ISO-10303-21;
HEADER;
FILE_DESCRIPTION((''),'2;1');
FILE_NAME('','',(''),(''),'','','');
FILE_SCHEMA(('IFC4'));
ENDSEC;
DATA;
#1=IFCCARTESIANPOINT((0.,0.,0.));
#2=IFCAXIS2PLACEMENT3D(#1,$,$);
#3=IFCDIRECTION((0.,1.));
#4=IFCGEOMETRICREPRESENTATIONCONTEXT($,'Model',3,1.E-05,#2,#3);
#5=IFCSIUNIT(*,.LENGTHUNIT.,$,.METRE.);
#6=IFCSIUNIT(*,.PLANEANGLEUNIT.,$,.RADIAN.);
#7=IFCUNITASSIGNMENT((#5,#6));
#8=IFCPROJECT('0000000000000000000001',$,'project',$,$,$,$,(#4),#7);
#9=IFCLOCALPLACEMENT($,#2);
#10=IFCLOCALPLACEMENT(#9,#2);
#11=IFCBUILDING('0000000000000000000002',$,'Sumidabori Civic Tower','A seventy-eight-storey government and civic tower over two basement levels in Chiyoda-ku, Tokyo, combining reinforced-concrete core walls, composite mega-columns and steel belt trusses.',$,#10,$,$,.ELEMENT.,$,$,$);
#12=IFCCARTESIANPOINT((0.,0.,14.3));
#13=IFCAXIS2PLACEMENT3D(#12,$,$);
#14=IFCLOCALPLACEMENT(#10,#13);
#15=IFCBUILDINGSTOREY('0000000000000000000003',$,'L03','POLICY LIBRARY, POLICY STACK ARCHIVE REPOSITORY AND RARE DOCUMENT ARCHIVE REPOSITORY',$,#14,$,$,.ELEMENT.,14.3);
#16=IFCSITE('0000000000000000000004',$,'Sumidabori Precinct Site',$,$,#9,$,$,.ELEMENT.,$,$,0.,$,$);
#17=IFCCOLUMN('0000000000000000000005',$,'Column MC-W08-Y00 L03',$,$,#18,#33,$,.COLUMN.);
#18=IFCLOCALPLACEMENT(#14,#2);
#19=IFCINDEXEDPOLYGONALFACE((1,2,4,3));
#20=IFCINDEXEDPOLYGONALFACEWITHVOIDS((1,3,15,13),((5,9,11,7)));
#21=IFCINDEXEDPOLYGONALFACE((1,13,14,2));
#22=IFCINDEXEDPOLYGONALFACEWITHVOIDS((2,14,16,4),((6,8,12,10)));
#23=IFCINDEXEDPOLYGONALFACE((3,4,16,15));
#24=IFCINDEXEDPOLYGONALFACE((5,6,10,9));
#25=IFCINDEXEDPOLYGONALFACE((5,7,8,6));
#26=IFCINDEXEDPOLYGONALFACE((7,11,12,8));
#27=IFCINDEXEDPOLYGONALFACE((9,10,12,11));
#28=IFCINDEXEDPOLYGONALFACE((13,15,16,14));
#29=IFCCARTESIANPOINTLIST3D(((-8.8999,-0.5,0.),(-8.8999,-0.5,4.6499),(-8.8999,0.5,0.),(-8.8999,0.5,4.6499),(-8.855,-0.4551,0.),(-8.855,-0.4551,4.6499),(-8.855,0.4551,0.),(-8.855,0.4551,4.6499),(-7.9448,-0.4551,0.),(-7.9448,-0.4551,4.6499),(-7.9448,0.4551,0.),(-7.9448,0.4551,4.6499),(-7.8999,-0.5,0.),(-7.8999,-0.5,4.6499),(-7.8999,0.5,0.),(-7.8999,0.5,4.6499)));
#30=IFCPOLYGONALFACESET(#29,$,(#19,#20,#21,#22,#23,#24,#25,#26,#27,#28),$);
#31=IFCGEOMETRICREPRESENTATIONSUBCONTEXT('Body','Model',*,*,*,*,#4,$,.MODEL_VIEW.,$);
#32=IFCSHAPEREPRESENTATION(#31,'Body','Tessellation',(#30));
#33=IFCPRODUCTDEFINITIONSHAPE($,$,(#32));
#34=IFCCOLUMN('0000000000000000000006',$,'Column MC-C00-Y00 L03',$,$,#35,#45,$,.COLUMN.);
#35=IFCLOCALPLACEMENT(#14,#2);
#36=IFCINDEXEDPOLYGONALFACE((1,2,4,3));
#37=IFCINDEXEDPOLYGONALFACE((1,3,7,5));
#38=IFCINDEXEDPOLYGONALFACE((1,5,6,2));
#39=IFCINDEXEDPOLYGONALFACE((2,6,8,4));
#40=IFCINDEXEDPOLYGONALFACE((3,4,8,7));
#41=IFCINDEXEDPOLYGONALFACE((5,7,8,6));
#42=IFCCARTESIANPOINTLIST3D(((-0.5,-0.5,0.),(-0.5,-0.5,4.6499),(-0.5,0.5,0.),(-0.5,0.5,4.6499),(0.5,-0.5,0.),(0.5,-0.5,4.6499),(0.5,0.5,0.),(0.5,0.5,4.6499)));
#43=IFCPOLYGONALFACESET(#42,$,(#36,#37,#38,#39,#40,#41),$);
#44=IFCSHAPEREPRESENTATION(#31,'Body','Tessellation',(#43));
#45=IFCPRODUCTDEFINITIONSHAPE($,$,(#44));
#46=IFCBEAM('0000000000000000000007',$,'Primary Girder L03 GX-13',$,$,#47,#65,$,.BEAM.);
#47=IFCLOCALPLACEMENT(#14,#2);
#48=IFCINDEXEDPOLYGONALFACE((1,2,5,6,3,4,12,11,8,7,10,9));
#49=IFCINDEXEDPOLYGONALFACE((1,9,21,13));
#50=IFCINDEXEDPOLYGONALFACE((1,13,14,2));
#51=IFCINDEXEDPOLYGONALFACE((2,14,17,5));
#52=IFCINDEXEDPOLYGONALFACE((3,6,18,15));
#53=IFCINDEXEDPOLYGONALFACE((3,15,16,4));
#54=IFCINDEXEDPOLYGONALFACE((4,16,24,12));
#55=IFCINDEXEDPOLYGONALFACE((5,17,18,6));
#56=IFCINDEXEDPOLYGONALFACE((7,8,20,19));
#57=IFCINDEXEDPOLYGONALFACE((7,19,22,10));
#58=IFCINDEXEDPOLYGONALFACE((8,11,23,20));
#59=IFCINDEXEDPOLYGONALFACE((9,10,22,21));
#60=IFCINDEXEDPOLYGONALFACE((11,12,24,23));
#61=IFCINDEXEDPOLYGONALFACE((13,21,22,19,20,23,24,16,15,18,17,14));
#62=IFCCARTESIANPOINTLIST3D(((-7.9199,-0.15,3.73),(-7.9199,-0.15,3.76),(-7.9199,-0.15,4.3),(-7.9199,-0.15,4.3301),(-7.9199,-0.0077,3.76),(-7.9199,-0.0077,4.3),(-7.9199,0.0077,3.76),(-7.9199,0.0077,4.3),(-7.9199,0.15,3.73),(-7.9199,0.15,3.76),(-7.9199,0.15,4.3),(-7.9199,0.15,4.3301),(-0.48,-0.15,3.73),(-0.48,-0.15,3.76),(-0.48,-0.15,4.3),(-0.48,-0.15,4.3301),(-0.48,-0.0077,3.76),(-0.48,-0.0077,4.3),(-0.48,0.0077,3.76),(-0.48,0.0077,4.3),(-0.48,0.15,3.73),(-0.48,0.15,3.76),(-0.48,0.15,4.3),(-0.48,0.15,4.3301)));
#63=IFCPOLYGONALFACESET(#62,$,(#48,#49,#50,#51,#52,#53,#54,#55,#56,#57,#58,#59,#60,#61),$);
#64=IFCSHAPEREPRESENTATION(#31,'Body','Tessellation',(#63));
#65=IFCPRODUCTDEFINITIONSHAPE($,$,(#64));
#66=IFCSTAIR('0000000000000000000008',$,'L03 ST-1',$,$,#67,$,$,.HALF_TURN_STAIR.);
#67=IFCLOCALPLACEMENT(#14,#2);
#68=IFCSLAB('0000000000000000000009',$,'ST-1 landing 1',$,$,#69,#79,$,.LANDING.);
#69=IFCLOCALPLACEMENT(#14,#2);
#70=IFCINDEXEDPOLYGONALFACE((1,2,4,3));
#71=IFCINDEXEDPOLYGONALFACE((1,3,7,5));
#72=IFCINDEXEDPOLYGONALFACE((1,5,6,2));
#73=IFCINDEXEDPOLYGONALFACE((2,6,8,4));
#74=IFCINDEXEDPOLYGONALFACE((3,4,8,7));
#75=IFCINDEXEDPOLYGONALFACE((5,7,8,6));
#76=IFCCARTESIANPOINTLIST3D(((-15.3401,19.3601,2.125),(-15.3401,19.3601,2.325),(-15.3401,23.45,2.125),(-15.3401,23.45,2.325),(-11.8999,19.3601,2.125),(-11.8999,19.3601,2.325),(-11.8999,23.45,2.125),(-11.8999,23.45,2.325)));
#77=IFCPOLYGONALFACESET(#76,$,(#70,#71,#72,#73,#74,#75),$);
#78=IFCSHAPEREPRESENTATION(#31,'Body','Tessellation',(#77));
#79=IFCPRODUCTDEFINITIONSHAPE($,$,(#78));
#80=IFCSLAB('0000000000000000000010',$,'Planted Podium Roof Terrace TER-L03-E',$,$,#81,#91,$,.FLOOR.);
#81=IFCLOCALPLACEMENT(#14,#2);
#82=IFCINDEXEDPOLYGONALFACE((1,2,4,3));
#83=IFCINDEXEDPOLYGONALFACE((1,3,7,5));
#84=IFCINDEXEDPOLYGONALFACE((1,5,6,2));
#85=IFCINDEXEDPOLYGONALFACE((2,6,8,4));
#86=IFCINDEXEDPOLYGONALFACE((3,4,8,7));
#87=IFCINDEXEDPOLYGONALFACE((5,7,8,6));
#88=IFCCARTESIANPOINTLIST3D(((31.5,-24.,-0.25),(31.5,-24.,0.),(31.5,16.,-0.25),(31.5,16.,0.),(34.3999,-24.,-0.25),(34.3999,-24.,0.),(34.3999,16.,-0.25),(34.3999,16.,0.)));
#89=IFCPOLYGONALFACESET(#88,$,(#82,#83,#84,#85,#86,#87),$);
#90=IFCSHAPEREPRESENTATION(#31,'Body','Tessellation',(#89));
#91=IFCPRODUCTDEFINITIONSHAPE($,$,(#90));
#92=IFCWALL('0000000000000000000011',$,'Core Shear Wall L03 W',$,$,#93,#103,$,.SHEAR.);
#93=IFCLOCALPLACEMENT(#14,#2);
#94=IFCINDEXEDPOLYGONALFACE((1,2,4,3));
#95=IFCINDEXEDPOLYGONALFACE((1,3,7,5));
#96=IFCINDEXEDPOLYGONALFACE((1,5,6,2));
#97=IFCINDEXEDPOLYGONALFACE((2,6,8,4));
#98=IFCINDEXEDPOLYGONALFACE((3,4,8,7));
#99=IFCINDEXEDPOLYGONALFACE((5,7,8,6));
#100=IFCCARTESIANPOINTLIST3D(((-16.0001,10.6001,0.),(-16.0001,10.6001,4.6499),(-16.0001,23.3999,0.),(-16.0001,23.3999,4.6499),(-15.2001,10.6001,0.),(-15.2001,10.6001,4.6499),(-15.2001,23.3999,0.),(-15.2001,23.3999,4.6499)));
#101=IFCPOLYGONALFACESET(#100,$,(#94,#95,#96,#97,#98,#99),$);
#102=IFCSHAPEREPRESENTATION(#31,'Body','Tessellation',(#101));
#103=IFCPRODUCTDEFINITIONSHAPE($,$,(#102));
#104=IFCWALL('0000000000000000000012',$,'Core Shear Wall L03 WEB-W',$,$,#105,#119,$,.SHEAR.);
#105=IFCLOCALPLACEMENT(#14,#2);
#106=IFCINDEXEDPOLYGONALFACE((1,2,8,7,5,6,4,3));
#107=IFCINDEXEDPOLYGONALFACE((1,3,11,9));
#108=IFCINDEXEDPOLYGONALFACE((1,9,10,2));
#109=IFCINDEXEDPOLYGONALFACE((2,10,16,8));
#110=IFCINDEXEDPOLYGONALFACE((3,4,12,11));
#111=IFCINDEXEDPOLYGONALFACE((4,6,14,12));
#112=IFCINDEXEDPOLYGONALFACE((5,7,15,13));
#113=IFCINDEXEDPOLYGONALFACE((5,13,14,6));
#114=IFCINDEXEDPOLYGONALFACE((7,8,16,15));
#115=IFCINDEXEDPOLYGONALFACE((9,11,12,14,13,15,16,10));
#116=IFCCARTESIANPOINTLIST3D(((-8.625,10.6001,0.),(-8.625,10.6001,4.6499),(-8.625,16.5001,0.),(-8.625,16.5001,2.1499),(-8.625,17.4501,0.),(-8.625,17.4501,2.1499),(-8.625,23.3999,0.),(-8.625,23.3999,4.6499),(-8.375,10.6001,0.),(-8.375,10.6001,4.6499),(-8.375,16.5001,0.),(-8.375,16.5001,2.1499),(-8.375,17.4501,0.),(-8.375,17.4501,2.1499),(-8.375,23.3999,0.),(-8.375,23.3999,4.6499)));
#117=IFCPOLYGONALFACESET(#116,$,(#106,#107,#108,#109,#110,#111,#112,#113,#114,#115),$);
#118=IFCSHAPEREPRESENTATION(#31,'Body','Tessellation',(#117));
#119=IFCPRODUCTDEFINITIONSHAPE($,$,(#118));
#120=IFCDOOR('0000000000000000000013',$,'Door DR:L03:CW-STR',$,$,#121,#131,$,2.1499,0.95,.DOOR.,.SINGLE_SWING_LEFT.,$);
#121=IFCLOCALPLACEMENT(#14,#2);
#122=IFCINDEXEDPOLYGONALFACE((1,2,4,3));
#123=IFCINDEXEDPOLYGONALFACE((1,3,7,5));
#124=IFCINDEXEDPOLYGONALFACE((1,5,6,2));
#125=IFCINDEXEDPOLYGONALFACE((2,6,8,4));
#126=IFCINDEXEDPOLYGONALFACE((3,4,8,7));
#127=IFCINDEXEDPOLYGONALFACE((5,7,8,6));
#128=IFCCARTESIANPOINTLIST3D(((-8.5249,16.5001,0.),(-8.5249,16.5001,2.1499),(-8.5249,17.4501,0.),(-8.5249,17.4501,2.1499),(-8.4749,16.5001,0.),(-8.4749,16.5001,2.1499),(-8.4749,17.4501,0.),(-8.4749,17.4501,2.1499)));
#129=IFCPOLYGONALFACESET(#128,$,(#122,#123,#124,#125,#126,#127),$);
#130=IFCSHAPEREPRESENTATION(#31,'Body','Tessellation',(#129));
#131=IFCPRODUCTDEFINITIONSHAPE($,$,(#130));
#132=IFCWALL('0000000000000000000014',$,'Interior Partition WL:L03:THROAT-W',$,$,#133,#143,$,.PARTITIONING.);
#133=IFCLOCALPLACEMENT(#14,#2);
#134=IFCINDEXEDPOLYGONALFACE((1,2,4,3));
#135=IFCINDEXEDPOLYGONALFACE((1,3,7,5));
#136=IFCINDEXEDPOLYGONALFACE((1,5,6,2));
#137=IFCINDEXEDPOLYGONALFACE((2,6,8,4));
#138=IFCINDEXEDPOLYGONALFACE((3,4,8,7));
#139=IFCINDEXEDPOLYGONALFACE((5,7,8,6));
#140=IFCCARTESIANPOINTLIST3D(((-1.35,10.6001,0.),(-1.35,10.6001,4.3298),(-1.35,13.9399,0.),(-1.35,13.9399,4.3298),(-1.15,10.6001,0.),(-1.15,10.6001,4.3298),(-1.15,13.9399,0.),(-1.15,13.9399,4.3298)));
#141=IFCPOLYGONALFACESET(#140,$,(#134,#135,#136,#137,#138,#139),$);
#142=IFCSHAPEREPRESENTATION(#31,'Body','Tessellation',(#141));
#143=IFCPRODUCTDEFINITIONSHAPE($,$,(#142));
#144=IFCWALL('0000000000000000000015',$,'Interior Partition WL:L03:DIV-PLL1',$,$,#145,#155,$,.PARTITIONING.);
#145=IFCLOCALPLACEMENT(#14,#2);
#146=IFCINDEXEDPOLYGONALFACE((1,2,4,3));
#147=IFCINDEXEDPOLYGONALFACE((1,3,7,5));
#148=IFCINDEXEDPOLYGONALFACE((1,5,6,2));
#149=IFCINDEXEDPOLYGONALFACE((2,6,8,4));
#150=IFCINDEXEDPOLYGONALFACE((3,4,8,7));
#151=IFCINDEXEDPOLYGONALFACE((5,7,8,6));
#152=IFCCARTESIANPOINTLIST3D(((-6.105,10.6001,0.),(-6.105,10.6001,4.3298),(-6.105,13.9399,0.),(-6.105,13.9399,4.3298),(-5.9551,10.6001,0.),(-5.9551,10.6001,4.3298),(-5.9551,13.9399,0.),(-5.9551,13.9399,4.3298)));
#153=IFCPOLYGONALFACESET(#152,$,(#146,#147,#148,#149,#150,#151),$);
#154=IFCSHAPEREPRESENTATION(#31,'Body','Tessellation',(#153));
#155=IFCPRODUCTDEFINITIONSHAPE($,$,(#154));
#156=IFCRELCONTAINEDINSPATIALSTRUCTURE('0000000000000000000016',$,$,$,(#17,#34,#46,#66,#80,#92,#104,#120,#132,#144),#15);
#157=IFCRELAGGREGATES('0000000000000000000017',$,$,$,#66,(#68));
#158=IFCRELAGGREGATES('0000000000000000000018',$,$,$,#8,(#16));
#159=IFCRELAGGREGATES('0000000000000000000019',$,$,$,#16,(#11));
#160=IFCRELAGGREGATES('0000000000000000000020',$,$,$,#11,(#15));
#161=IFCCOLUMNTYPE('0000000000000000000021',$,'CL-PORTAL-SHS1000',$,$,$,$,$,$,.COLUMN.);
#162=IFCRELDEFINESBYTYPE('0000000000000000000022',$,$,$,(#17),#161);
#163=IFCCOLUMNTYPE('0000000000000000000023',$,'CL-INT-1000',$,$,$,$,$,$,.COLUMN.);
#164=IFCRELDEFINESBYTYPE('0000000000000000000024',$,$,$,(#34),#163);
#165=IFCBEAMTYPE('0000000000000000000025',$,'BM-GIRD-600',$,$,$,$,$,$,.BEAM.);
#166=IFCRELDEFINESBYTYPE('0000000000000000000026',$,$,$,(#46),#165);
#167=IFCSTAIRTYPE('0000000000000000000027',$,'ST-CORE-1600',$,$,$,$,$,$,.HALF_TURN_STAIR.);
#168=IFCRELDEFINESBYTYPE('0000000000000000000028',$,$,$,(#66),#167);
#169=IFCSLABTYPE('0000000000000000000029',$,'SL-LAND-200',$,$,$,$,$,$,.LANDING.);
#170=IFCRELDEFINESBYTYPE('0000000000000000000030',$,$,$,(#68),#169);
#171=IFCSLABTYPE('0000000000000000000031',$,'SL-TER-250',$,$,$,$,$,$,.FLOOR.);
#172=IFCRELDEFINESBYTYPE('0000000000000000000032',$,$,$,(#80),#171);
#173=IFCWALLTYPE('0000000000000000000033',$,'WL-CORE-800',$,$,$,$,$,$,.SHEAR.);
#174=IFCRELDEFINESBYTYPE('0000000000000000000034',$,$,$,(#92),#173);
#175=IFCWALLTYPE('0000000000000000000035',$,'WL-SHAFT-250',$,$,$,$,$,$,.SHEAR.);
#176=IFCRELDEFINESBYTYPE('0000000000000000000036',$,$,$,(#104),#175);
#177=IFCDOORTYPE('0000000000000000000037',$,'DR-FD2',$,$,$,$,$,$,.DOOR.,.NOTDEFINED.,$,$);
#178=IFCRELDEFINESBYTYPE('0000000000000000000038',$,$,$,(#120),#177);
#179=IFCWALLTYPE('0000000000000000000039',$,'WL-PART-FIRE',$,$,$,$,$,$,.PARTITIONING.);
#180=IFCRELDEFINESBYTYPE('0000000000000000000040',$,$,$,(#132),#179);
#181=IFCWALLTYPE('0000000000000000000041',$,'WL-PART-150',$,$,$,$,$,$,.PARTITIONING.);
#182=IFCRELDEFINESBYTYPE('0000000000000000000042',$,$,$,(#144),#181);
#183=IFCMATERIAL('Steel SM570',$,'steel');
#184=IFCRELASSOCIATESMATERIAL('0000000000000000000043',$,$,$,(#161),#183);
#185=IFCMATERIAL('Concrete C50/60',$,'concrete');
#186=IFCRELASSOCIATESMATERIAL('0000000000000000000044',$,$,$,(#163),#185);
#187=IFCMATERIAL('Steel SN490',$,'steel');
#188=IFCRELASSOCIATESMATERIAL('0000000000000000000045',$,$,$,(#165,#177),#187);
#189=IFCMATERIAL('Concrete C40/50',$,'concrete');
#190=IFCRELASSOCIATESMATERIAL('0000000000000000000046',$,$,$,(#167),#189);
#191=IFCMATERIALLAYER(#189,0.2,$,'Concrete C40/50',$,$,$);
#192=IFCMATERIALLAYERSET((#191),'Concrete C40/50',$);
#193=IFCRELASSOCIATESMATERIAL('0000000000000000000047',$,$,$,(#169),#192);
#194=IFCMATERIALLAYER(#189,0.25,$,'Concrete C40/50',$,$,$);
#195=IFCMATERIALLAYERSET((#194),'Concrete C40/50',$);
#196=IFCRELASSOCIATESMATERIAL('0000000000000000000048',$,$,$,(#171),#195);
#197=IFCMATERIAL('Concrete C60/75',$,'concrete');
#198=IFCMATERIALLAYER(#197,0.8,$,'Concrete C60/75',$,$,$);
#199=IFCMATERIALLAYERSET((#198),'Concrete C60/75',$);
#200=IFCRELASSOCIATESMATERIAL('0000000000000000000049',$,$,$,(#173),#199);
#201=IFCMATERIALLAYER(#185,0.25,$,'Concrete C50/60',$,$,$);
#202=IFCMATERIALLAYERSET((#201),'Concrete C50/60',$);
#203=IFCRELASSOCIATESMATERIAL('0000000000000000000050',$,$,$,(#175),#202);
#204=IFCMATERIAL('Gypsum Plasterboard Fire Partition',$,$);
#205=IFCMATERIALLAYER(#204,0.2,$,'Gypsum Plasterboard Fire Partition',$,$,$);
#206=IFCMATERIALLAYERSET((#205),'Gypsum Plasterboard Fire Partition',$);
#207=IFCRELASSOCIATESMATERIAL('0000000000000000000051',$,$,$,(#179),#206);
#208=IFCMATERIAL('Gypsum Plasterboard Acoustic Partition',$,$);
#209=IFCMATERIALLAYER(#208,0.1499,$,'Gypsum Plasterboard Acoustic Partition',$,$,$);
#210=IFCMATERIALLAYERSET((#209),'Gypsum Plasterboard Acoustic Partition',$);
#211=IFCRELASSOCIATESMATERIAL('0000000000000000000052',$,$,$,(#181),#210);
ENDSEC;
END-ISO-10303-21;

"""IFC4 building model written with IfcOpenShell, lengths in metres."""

from ifc_helpers import new_model, si_unit, direction, frame, frame_2d, origin, origin_with_axes, origin_2d, place, context, subcontext, project, spatial, polyline, rectangle, hollow_rectangle, i_section, outline, extrude, source, transform, mapped, material, layer, layer_set, material_profile, profile_set, type_object, element, fill, aggregate, save


model = new_model("IFC4")

# Units and contexts
model_context = context("Model", 3, precision=1e-05, world=origin(), true_north=direction((0.0, 1.0)))
body_context = subcontext(model_context, "Body", "Model", "MODEL_VIEW")
ifc_project = project(units=[si_unit("LENGTHUNIT", "METRE"), si_unit("PLANEANGLEUNIT", "RADIAN")], contexts=[model_context])

# Site, building, storey
site_placement = place(None, origin())
site = spatial("IfcSite", under=ifc_project, at=site_placement, Name="Sumidabori Precinct Site", CompositionType="ELEMENT", RefElevation=0.0)
building_placement = place(site_placement, origin())
building = spatial("IfcBuilding", under=site, at=building_placement, Name="Sumidabori Civic Tower", Description="A seventy-eight-storey government and civic tower over two basement levels in Chiyoda-ku, Tokyo, combining reinforced-concrete core walls, composite mega-columns and steel belt trusses.", CompositionType="ELEMENT")
storey_placement = place(building_placement, frame((0.0, 0.0, 14.3)))
storey = spatial("IfcBuildingStorey", under=building, at=storey_placement, Name="L03", Description="POLICY LIBRARY, POLICY STACK ARCHIVE REPOSITORY AND RARE DOCUMENT ARCHIVE REPOSITORY", CompositionType="ELEMENT", Elevation=14.3)

# Columns
ifc_material_1 = material(Name="Steel SM570", Category="steel")
ifc_material_profile_1 = material_profile(ifc_material_1, hollow_rectangle(XDim=1.0, YDim=1.0, WallThickness=0.0449, at=origin_2d()), Name="SHS 1000x1000x45")
ifc_profile_set_1 = profile_set([ifc_material_profile_1], Name="Steel SM570")
column_type_1 = type_object("IfcColumnType", Name="CL-PORTAL-SHS1000", PredefinedType="COLUMN", material=ifc_profile_set_1)
shared_shape_1 = source(origin(), body_context, "Body", "SweptSolid", [
    extrude(hollow_rectangle(XDim=1.0, YDim=1.0, WallThickness=0.0449, at=origin_2d()), origin(), (0.0, 0.0, 1.0), 4.6499),
])
column_1_placement = place(storey_placement, frame((-8.3999, 0.0, 0.0), z_axis=(0.0, 0.0, 1.0), x_axis=(1.0, 0.0, 0.0)))
element("IfcColumn", 1, at=column_1_placement, inside=storey, type_object=column_type_1, Name="Column MC-W08-Y00 L03", PredefinedType="COLUMN", context=body_context, shape_type="MappedRepresentation", body=[
    mapped(shared_shape_1, transform((0.0, 0.0, 0.0), x_axis=(1.0, 0.0, 0.0), y_axis=(0.0, 1.0, 0.0), z_axis=(0.0, 0.0, 1.0), scale=1.0)),
])
ifc_material_2 = material(Name="Concrete C50/60", Category="concrete")
ifc_material_profile_2 = material_profile(ifc_material_2, rectangle(XDim=1.0, YDim=1.0, at=origin_2d()), Name="RC 1000x1000")
ifc_profile_set_2 = profile_set([ifc_material_profile_2], Name="Concrete C50/60")
column_type_2 = type_object("IfcColumnType", Name="CL-INT-1000", PredefinedType="COLUMN", material=ifc_profile_set_2)
shared_shape_2 = source(origin(), body_context, "Body", "SweptSolid", [
    extrude(rectangle(XDim=1.0, YDim=1.0, at=origin_2d()), origin(), (0.0, 0.0, 1.0), 4.6499),
])
column_2_placement = place(storey_placement, origin_with_axes())
element("IfcColumn", 2, at=column_2_placement, inside=storey, type_object=column_type_2, Name="Column MC-C00-Y00 L03", PredefinedType="COLUMN", context=body_context, shape_type="MappedRepresentation", body=[
    mapped(shared_shape_2, transform((0.0, 0.0, 0.0), x_axis=(1.0, 0.0, 0.0), y_axis=(0.0, 1.0, 0.0), z_axis=(0.0, 0.0, 1.0), scale=1.0)),
])

# Beam
ifc_material_3 = material(Name="Steel SN490", Category="steel")
ifc_material_profile_3 = material_profile(ifc_material_3, i_section(OverallWidth=0.3, OverallDepth=0.6001, WebThickness=0.0154, FlangeThickness=0.03, at=origin_2d()), Name="HE 600 B")
ifc_profile_set_3 = profile_set([ifc_material_profile_3], Name="Steel SN490")
beam_type = type_object("IfcBeamType", Name="BM-GIRD-600", PredefinedType="BEAM", material=ifc_profile_set_3)
shared_shape_3 = source(origin(), body_context, "Body", "SweptSolid", [
    extrude(i_section(OverallWidth=0.3, OverallDepth=0.6001, WebThickness=0.0154, FlangeThickness=0.03, at=origin_2d()), origin(), (0.0, 0.0, 1.0), 7.4399),
])
beam_placement = place(storey_placement, frame((-7.9199, 0.0, 4.03), z_axis=(1.0, 0.0, 0.0), x_axis=(0.0, 1.0, 0.0)))
element("IfcBeam", 3, at=beam_placement, inside=storey, type_object=beam_type, Name="Primary Girder L03 GX-13", PredefinedType="BEAM", context=body_context, shape_type="MappedRepresentation", body=[
    mapped(shared_shape_3, transform((0.0, 0.0, 0.0), x_axis=(1.0, 0.0, 0.0), y_axis=(0.0, 1.0, 0.0), z_axis=(0.0, 0.0, 1.0), scale=1.0)),
])

# Stair, slab
ifc_material_4 = material(Name="Concrete C40/50", Category="concrete")
stair_type = type_object("IfcStairType", Name="ST-CORE-1600", PredefinedType="HALF_TURN_STAIR", material=ifc_material_4)
stair_placement = place(storey_placement, origin())
stair = element("IfcStair", 4, at=stair_placement, inside=storey, type_object=stair_type, Name="L03 ST-1", PredefinedType="HALF_TURN_STAIR")
ifc_layer_1 = layer(ifc_material_4, 0.2, Name="Concrete C40/50")
ifc_layer_set_1 = layer_set([ifc_layer_1], Name="Concrete C40/50")
slab_type_1 = type_object("IfcSlabType", Name="SL-LAND-200", PredefinedType="LANDING", material=ifc_layer_set_1)
slab_1_placement = place(storey_placement, frame((0.0, 0.0, 2.125)))
slab_1 = element("IfcSlab", 5, at=slab_1_placement, type_object=slab_type_1, Name="ST-1 landing 1", PredefinedType="LANDING", context=body_context, shape_type="SweptSolid", body=[
    extrude(outline(polyline([(-11.8999, 19.3601), (-11.8999, 23.45), (-15.3401, 23.45), (-15.3401, 19.3601), (-11.8999, 19.3601)])), origin(), (0.0, 0.0, 1.0), 0.2),
])
aggregate(stair, [slab_1])

# Slab
ifc_layer_2 = layer(ifc_material_4, 0.25, Name="Concrete C40/50")
ifc_layer_set_2 = layer_set([ifc_layer_2], Name="Concrete C40/50")
slab_type_2 = type_object("IfcSlabType", Name="SL-TER-250", PredefinedType="FLOOR", material=ifc_layer_set_2)
slab_2_placement = place(storey_placement, frame((0.0, 0.0, -0.25)))
element("IfcSlab", 6, at=slab_2_placement, inside=storey, type_object=slab_type_2, Name="Planted Podium Roof Terrace TER-L03-E", PredefinedType="FLOOR", context=body_context, shape_type="SweptSolid", body=[
    extrude(outline(polyline([(31.5, -24.0), (34.3999, -24.0), (34.3999, 16.0), (31.5, 16.0), (31.5, -24.0)])), origin(), (0.0, 0.0, 1.0), 0.25),
])

# Shared definitions
ifc_material_5 = material(Name="Concrete C60/75", Category="concrete")
ifc_layer_3 = layer(ifc_material_5, 0.8, Name="Concrete C60/75")
ifc_layer_set_3 = layer_set([ifc_layer_3], Name="Concrete C60/75")
wall_type_1 = type_object("IfcWallType", Name="WL-CORE-800", PredefinedType="SHEAR", material=ifc_layer_set_3)

# Wall
shared_shape_4 = source(origin(), body_context, "Body", "SweptSolid", [
    extrude(rectangle(XDim=12.7998, YDim=0.8, at=frame_2d((6.3999, 0.0))), origin(), (0.0, 0.0, 1.0), 4.6499),
])
wall_1_placement = place(storey_placement, frame((-15.6001, 10.6001, 0.0), z_axis=(0.0, 0.0, 1.0), x_axis=(0.0, 1.0, 0.0)))
element("IfcWall", 7, at=wall_1_placement, inside=storey, type_object=wall_type_1, Name="Core Shear Wall L03 W", PredefinedType="SHEAR", context=body_context, shape_type="MappedRepresentation", body=[
    mapped(shared_shape_4, transform((0.0, 0.0, 0.0), x_axis=(1.0, 0.0, 0.0), y_axis=(0.0, 1.0, 0.0), z_axis=(0.0, 0.0, 1.0), scale=1.0)),
])

# Wall, opening, door
ifc_layer_4 = layer(ifc_material_2, 0.25, Name="Concrete C50/60")
ifc_layer_set_4 = layer_set([ifc_layer_4], Name="Concrete C50/60")
wall_type_2 = type_object("IfcWallType", Name="WL-SHAFT-250", PredefinedType="SHEAR", material=ifc_layer_set_4)
shared_shape_5 = source(origin(), body_context, "Body", "SweptSolid", [
    extrude(rectangle(XDim=12.7998, YDim=0.25, at=frame_2d((6.3999, 0.0))), origin(), (0.0, 0.0, 1.0), 4.6499),
])
wall_2_placement = place(storey_placement, frame((-8.5, 10.6001, 0.0), z_axis=(0.0, 0.0, 1.0), x_axis=(0.0, 1.0, 0.0)))
wall_2 = element("IfcWall", 8, at=wall_2_placement, inside=storey, type_object=wall_type_2, Name="Core Shear Wall L03 WEB-W", PredefinedType="SHEAR", context=body_context, shape_type="MappedRepresentation", body=[
    mapped(shared_shape_5, transform((0.0, 0.0, 0.0), x_axis=(1.0, 0.0, 0.0), y_axis=(0.0, 1.0, 0.0), z_axis=(0.0, 0.0, 1.0), scale=1.0)),
])
opening_1_placement = place(wall_2_placement, frame((5.8999, 0.0, 0.0)))
opening_1 = element("IfcOpeningElement", 9, at=opening_1_placement, cuts=wall_2, PredefinedType="OPENING", context=body_context, shape_type="SweptSolid", body=[
    extrude(rectangle(XDim=0.95, YDim=2.1499, at=frame_2d((0.4751, 1.075))), frame((0.0, 0.137, 0.0), z_axis=(0.0, -1.0, 0.0), x_axis=(1.0, 0.0, 0.0)), (0.0, 0.0, 1.0), 0.2739),
])
door_type_1 = type_object("IfcDoorType", Name="DR-FD2", OperationType="NOTDEFINED", PredefinedType="DOOR", material=ifc_material_3)
shared_shape_6 = source(origin(), body_context, "Body", "SweptSolid", [
    extrude(rectangle(XDim=0.95, YDim=2.1499, at=frame_2d((0.4751, 1.075))), frame((0.0, 0.0249, 0.0), z_axis=(0.0, -1.0, 0.0), x_axis=(1.0, 0.0, 0.0)), (0.0, 0.0, 1.0), 0.05),
])
door_1_placement = place(opening_1_placement, origin())
door_1 = element("IfcDoor", 10, at=door_1_placement, inside=storey, type_object=door_type_1, Name="Door DR:L03:CW-STR", OperationType="SINGLE_SWING_LEFT", OverallHeight=2.1499, OverallWidth=0.95, PredefinedType="DOOR", context=body_context, shape_type="MappedRepresentation", body=[
    mapped(shared_shape_6, transform((0.0, 0.0, 0.0), x_axis=(1.0, 0.0, 0.0), y_axis=(0.0, 1.0, 0.0), z_axis=(0.0, 0.0, 1.0), scale=1.0)),
])
fill(opening_1, door_1)

# Walls
ifc_material_6 = material(Name="Gypsum Plasterboard Fire Partition")
ifc_layer_5 = layer(ifc_material_6, 0.2, Name="Gypsum Plasterboard Fire Partition")
ifc_layer_set_5 = layer_set([ifc_layer_5], Name="Gypsum Plasterboard Fire Partition")
wall_type_3 = type_object("IfcWallType", Name="WL-PART-FIRE", PredefinedType="PARTITIONING", material=ifc_layer_set_5)
shared_shape_7 = source(origin(), body_context, "Body", "SweptSolid", [
    extrude(rectangle(XDim=3.3398, YDim=0.2, at=frame_2d((1.6699, 0.0))), origin(), (0.0, 0.0, 1.0), 4.3298),
])
wall_3_placement = place(storey_placement, frame((-1.25, 10.6001, 0.0), z_axis=(0.0, 0.0, 1.0), x_axis=(0.0, 1.0, 0.0)))
element("IfcWall", 11, at=wall_3_placement, inside=storey, type_object=wall_type_3, Name="Interior Partition WL:L03:THROAT-W", PredefinedType="PARTITIONING", context=body_context, shape_type="MappedRepresentation", body=[
    mapped(shared_shape_7, transform((0.0, 0.0, 0.0), x_axis=(1.0, 0.0, 0.0), y_axis=(0.0, 1.0, 0.0), z_axis=(0.0, 0.0, 1.0), scale=1.0)),
])
ifc_material_7 = material(Name="Gypsum Plasterboard Acoustic Partition")
ifc_layer_6 = layer(ifc_material_7, 0.1499, Name="Gypsum Plasterboard Acoustic Partition")
ifc_layer_set_6 = layer_set([ifc_layer_6], Name="Gypsum Plasterboard Acoustic Partition")
wall_type_4 = type_object("IfcWallType", Name="WL-PART-150", PredefinedType="PARTITIONING", material=ifc_layer_set_6)
shared_shape_8 = source(origin(), body_context, "Body", "SweptSolid", [
    extrude(rectangle(XDim=3.3398, YDim=0.1499, at=frame_2d((1.6699, 0.0))), origin(), (0.0, 0.0, 1.0), 4.3298),
])
for number, where, z_axis, x_axis, name in (
    (12, (-6.03, 10.6001, 0.0), (0.0, 0.0, 1.0), (0.0, 1.0, 0.0), "Interior Partition WL:L03:DIV-PLL1"),
):
    element("IfcWall", number, at=place(storey_placement, frame(where, z_axis=z_axis, x_axis=x_axis)), inside=storey, type_object=wall_type_4, Name=name, PredefinedType="PARTITIONING", context=body_context, shape_type="MappedRepresentation", body=[
        mapped(shared_shape_8, transform((0.0, 0.0, 0.0), x_axis=(1.0, 0.0, 0.0), y_axis=(0.0, 1.0, 0.0), z_axis=(0.0, 0.0, 1.0), scale=1.0)),
    ])

save(model, "model.ifc")
